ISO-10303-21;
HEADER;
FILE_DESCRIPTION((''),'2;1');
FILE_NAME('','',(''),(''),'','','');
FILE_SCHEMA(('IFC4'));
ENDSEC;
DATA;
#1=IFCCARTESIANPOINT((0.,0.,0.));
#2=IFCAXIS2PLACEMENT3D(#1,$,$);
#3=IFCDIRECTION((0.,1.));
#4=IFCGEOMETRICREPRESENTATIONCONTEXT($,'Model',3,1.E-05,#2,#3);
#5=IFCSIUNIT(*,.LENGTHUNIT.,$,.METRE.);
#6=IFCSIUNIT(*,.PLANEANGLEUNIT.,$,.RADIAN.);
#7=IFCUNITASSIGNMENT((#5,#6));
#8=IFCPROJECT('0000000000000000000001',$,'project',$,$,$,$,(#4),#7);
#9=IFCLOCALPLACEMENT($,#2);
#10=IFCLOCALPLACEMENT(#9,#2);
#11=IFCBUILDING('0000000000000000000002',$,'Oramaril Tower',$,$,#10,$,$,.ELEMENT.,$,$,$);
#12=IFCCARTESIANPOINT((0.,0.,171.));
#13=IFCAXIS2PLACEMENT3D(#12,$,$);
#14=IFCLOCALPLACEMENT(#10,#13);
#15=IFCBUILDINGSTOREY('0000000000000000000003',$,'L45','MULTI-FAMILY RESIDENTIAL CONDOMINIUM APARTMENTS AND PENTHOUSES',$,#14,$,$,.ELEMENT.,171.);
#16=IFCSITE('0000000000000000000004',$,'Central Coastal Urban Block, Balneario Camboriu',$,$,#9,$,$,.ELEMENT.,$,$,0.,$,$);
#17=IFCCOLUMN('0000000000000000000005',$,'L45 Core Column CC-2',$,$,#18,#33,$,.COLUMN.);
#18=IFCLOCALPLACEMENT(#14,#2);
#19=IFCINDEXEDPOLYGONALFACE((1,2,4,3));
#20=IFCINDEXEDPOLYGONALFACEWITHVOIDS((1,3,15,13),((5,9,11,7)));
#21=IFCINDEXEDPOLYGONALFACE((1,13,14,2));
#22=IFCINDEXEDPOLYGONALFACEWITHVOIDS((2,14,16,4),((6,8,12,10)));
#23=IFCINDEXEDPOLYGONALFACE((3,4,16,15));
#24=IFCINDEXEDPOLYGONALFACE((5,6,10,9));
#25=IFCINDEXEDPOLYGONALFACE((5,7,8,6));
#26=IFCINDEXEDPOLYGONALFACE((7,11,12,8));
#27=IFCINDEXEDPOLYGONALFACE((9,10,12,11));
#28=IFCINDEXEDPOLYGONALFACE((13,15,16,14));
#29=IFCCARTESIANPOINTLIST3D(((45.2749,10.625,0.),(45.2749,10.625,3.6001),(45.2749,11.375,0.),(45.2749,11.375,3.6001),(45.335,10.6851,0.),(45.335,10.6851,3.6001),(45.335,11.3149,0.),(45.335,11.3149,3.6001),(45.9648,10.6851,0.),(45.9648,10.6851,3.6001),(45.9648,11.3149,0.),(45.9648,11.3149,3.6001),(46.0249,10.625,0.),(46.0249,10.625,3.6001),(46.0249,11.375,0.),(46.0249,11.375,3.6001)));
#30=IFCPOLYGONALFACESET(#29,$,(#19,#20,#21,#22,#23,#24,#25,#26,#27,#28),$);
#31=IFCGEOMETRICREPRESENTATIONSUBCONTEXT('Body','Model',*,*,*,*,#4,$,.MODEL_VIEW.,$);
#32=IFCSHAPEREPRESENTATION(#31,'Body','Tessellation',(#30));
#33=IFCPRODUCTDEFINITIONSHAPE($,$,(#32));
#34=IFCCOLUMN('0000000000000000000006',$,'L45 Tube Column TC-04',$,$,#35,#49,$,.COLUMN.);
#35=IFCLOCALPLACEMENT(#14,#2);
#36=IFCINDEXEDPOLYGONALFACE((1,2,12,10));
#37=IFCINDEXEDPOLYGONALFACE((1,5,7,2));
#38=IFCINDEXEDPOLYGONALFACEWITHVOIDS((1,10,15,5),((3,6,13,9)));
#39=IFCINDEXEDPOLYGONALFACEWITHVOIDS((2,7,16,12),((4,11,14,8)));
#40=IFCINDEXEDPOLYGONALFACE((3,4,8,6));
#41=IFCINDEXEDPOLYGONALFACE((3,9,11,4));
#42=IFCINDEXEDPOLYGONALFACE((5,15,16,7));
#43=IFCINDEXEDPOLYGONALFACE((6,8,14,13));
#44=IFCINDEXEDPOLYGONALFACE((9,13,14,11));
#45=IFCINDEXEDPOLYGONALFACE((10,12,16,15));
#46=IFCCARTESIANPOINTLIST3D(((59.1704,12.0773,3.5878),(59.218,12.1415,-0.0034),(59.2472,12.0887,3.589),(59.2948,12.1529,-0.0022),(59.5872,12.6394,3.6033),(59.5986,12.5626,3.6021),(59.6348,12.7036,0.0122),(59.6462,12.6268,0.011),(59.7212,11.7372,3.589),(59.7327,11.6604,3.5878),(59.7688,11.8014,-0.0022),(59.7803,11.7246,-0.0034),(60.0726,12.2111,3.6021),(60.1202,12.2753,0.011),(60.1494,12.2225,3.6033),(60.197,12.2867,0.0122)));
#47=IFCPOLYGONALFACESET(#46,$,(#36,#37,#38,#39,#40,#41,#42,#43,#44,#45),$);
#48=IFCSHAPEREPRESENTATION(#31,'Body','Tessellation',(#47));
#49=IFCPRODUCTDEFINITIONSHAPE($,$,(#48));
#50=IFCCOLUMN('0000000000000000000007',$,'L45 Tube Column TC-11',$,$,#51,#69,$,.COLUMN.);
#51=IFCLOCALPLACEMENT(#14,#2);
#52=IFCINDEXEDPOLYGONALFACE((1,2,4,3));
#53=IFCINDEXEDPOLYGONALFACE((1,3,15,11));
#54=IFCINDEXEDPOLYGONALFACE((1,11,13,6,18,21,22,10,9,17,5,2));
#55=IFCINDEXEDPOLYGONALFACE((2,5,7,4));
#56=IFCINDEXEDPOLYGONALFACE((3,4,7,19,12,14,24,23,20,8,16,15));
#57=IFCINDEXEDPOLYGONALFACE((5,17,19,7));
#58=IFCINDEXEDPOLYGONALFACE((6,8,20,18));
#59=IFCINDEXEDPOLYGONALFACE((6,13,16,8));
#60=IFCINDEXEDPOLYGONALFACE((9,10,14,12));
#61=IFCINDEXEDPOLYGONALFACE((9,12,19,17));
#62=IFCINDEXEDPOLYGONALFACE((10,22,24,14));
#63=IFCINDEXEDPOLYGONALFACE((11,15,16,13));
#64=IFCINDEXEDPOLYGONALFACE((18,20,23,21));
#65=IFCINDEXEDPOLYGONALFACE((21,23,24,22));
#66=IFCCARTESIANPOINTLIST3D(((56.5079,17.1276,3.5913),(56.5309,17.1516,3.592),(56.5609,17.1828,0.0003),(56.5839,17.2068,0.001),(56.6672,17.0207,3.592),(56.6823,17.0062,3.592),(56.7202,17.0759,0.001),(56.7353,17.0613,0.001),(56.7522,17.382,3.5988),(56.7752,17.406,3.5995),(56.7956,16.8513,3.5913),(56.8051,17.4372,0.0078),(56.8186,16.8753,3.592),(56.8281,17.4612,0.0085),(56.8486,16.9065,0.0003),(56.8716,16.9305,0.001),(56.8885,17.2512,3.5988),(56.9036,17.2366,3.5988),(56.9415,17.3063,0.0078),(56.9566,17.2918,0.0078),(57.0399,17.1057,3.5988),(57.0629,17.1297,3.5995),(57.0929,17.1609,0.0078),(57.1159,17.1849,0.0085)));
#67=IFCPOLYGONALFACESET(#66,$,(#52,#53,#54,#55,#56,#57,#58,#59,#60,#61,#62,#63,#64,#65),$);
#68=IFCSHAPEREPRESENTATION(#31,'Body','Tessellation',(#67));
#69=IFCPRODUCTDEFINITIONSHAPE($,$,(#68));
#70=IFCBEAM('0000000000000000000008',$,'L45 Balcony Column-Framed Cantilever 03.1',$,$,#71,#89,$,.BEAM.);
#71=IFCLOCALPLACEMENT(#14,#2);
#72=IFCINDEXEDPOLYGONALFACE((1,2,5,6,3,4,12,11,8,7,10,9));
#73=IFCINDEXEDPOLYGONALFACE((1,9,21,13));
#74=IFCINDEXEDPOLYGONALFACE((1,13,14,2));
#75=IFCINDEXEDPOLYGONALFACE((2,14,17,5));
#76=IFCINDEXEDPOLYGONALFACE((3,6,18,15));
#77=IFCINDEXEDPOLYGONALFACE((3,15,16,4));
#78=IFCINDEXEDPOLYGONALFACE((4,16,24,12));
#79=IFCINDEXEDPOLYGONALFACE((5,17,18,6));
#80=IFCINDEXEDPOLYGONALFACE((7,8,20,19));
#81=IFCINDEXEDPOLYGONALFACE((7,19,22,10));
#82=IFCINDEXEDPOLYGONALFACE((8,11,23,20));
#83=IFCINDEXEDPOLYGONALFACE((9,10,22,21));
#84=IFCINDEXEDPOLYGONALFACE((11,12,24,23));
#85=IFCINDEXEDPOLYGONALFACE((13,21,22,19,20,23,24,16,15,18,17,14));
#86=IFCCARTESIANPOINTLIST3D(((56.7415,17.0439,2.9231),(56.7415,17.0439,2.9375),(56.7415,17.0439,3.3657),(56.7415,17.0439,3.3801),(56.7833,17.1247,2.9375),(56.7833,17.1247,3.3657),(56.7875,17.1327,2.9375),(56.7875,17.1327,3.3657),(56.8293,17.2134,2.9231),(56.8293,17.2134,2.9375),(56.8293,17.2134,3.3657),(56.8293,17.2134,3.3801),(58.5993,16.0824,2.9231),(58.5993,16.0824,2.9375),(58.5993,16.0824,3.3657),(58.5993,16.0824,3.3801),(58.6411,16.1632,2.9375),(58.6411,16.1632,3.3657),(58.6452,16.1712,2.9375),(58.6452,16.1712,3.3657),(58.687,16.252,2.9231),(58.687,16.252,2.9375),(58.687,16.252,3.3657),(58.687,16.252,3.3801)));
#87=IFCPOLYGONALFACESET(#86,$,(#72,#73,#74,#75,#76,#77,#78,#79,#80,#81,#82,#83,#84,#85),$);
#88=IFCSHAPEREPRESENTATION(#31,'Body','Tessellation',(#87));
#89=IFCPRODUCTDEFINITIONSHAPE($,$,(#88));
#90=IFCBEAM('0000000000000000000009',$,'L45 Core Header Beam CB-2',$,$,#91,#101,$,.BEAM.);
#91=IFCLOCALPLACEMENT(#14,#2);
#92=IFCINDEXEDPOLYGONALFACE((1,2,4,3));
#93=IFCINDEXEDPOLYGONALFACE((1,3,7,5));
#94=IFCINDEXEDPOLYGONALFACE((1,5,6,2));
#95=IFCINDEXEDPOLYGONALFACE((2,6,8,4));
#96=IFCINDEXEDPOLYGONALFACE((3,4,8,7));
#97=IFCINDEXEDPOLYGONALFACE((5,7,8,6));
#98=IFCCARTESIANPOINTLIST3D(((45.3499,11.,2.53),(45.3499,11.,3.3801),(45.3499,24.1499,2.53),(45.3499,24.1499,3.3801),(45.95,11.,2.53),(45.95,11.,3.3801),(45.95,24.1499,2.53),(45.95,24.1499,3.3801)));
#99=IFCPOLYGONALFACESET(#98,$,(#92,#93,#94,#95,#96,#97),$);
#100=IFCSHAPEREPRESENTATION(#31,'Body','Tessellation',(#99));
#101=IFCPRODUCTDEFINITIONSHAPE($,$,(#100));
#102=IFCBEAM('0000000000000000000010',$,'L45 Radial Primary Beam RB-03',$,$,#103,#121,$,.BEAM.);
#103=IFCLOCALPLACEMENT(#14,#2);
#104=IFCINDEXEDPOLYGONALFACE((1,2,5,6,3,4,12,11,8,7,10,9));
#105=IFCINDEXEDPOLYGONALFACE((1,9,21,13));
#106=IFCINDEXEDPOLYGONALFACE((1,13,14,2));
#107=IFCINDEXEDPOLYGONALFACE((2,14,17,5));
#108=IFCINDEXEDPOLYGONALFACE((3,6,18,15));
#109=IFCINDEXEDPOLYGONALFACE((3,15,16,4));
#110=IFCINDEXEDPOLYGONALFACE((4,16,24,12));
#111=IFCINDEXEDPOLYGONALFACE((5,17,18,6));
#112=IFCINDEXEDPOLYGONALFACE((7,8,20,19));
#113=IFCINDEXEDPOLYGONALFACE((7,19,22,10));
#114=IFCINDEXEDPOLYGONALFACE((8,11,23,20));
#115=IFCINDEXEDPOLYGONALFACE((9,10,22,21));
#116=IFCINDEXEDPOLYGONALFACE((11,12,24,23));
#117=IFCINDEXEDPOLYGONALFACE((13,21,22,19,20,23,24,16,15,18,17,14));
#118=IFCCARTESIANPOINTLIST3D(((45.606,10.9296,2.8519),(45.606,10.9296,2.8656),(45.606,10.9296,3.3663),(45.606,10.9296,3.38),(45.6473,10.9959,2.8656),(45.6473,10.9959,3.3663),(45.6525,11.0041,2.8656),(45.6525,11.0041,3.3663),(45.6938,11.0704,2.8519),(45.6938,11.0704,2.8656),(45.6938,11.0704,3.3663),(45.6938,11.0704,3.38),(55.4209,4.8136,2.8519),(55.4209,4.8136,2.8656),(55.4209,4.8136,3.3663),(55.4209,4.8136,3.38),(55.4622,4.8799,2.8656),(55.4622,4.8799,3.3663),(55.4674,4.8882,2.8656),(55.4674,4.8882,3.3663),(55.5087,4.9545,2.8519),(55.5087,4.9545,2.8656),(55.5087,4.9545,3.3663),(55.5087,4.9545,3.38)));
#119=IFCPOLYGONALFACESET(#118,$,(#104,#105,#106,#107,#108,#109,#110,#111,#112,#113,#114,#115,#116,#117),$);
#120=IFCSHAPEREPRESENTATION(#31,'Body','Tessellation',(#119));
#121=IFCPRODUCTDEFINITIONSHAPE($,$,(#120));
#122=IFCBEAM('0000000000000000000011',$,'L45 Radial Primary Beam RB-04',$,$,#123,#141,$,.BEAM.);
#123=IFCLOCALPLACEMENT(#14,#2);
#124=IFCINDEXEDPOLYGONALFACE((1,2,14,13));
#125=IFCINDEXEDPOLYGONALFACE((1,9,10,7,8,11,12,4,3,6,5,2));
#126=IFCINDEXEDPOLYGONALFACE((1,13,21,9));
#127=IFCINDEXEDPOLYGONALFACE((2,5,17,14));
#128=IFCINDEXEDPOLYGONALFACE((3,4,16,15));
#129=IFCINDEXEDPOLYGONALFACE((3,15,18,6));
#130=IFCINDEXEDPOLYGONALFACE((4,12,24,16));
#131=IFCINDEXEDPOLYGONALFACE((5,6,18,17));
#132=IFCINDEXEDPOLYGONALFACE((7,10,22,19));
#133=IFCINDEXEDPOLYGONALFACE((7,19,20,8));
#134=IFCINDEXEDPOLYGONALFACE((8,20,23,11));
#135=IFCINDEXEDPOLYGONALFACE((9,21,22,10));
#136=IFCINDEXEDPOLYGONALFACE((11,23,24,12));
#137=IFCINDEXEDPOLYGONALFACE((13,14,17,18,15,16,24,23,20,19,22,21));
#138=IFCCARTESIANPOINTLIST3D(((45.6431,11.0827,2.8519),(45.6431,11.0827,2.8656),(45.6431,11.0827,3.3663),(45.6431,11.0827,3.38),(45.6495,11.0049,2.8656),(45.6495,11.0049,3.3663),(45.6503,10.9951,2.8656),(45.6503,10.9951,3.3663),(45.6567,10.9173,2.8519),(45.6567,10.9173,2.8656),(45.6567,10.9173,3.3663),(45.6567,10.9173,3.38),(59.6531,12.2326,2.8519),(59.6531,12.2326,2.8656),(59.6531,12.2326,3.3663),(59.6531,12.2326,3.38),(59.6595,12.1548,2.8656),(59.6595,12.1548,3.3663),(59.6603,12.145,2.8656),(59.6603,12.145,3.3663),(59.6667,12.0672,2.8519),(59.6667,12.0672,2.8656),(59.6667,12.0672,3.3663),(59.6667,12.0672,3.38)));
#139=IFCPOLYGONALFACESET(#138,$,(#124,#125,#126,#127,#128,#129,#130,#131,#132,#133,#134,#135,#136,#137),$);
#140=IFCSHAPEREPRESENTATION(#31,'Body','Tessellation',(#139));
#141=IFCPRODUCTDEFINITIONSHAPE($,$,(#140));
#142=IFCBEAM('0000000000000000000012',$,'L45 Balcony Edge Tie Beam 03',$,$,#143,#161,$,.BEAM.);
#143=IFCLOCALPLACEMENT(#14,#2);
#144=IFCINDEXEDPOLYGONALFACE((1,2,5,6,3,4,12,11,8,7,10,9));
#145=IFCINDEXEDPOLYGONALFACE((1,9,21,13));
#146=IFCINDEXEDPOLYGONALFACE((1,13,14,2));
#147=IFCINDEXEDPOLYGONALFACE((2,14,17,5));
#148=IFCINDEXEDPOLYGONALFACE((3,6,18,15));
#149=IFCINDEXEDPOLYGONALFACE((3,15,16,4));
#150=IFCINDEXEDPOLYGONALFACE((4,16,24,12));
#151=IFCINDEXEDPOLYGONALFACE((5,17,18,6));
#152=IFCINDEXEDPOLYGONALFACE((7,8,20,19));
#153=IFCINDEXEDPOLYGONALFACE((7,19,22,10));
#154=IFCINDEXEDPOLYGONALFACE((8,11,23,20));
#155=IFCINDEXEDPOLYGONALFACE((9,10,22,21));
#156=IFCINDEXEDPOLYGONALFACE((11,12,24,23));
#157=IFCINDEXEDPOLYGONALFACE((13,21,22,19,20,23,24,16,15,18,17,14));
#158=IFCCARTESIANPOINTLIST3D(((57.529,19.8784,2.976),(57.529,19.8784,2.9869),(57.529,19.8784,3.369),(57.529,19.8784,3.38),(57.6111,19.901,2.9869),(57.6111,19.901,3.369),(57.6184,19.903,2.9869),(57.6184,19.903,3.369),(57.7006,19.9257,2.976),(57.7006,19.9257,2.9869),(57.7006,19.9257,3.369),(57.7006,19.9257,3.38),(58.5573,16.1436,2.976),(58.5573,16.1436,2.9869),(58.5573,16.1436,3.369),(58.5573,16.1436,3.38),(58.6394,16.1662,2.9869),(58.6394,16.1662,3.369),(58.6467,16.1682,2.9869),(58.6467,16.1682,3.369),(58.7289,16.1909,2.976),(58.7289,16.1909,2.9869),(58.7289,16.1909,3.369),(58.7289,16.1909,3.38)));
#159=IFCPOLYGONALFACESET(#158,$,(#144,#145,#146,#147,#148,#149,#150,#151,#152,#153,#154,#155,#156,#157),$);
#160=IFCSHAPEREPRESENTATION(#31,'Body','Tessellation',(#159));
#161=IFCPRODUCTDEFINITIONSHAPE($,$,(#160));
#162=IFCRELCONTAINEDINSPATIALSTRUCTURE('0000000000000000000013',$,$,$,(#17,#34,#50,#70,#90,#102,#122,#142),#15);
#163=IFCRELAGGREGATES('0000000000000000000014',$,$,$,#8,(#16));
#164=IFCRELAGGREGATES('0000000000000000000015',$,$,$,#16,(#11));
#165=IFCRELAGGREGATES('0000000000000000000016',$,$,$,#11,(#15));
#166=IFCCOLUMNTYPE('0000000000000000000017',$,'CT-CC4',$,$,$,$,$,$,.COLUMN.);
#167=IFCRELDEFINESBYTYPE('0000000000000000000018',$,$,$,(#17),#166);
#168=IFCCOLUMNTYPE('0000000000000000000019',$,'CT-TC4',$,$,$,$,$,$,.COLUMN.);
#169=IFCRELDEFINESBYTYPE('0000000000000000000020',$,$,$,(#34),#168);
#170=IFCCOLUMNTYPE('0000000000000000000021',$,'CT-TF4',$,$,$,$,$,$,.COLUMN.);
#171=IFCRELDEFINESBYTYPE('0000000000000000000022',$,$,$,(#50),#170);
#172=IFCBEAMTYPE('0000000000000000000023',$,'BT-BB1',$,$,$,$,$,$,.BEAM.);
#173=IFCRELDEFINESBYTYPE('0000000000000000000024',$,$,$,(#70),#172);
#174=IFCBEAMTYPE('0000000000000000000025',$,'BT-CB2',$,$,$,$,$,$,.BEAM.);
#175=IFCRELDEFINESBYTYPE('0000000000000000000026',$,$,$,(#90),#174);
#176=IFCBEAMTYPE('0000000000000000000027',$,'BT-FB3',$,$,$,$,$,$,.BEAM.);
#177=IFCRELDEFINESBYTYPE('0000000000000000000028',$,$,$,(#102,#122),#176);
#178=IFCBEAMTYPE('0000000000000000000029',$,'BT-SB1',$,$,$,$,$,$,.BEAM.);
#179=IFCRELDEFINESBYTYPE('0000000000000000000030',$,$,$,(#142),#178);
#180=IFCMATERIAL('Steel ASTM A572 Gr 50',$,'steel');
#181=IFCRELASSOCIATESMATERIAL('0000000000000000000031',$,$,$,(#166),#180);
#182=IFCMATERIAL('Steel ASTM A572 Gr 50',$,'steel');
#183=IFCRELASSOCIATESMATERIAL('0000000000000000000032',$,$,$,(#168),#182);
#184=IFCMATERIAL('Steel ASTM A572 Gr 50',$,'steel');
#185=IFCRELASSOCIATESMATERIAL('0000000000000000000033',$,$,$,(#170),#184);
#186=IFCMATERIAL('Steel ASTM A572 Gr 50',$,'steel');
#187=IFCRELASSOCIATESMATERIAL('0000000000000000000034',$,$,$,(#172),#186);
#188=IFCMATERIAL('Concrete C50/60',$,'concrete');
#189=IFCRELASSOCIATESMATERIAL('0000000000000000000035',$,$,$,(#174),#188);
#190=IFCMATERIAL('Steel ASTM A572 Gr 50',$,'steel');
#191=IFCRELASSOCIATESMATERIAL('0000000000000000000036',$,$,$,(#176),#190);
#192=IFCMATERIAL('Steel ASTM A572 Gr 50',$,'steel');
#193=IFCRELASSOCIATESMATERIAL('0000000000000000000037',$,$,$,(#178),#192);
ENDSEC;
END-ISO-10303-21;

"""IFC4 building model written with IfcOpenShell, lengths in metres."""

from ifc_helpers import new_model, si_unit, direction, frame, origin, origin_2d, place, context, subcontext, project, spatial, rectangle, hollow_rectangle, i_section, extrude, material, material_profile, profile_set, type_object, element, save


model = new_model("IFC4")

# Units and contexts
model_context = context("Model", 3, precision=1e-05, world=origin(), true_north=direction((0.0, 1.0)))
body_context = subcontext(model_context, "Body", "Model", "MODEL_VIEW")
ifc_project = project(units=[si_unit("LENGTHUNIT", "METRE"), si_unit("PLANEANGLEUNIT", "RADIAN")], contexts=[model_context])

# Site, building, storey
site_placement = place(None, origin())
site = spatial("IfcSite", under=ifc_project, at=site_placement, Name="Central Coastal Urban Block, Balneario Camboriu", CompositionType="ELEMENT", RefElevation=0.0)
building_placement = place(site_placement, origin())
building = spatial("IfcBuilding", under=site, at=building_placement, Name="Oramaril Tower", CompositionType="ELEMENT")
storey_placement = place(building_placement, frame((0.0, 0.0, 171.0)))
storey = spatial("IfcBuildingStorey", under=building, at=storey_placement, Name="L45", Description="MULTI-FAMILY RESIDENTIAL CONDOMINIUM APARTMENTS AND PENTHOUSES", CompositionType="ELEMENT", Elevation=171.0)

# Columns
ifc_material_1 = material(Name="Steel ASTM A572 Gr 50", Category="steel")
ifc_material_profile_1 = material_profile(ifc_material_1, hollow_rectangle(XDim=0.75, YDim=0.75, WallThickness=0.0601, at=origin_2d()), Name="BOX750X750X60")
ifc_profile_set_1 = profile_set([ifc_material_profile_1], Name="Steel ASTM A572 Gr 50")
column_type_1 = type_object("IfcColumnType", Name="CT-CC4", PredefinedType="COLUMN", material=ifc_profile_set_1)
column_1_placement = place(storey_placement, frame((45.6499, 11.0, 0.0), z_axis=(0.0, 0.0, 1.0), x_axis=(1.0, 0.0, 0.0)))
element("IfcColumn", 1, at=column_1_placement, inside=storey, type_object=column_type_1, Name="L45 Core Column CC-2", PredefinedType="COLUMN", context=body_context, shape_type="SweptSolid", body=[
    extrude(hollow_rectangle(XDim=0.75, YDim=0.75, WallThickness=0.0601, at=origin_2d()), origin(), (0.0, 0.0, 1.0), 3.6001),
])
ifc_material_2 = material(Name="Steel ASTM A572 Gr 50", Category="steel")
ifc_material_profile_2 = material_profile(ifc_material_2, hollow_rectangle(XDim=0.7, YDim=0.7, WallThickness=0.0549, at=origin_2d()), Name="BOX700X700X55")
ifc_profile_set_2 = profile_set([ifc_material_profile_2], Name="Steel ASTM A572 Gr 50")
column_type_2 = type_object("IfcColumnType", Name="CT-TC4", PredefinedType="COLUMN", material=ifc_profile_set_2)
column_2_placement = place(storey_placement, frame((59.7075, 12.2141, 0.0044), z_axis=(-0.013254, -0.017876, 0.999752), x_axis=(0.803287, -0.595593, 0.0)))
element("IfcColumn", 2, at=column_2_placement, inside=storey, type_object=column_type_2, Name="L45 Tube Column TC-04", PredefinedType="COLUMN", context=body_context, shape_type="SweptSolid", body=[
    extrude(hollow_rectangle(XDim=0.7, YDim=0.7, WallThickness=0.0549, at=origin_2d()), origin(), (0.0, 0.0, 1.0), 3.592),
])
ifc_material_3 = material(Name="Steel ASTM A572 Gr 50", Category="steel")
ifc_material_profile_3 = material_profile(ifc_material_3, i_section(OverallWidth=0.3989, OverallDepth=0.386, WebThickness=0.021, FlangeThickness=0.0332, at=origin_2d()), Name="W14X176")
ifc_profile_set_3 = profile_set([ifc_material_profile_3], Name="Steel ASTM A572 Gr 50")
column_type_3 = type_object("IfcColumnType", Name="CT-TF4", PredefinedType="COLUMN", material=ifc_profile_set_3)
column_3_placement = place(storey_placement, frame((56.8384, 17.1838, 0.0044), z_axis=(-0.01475, -0.015361, 0.999773), x_axis=(0.721324, -0.692598, 0.0)))
element("IfcColumn", 3, at=column_3_placement, inside=storey, type_object=column_type_3, Name="L45 Tube Column TC-11", PredefinedType="COLUMN", context=body_context, shape_type="SweptSolid", body=[
    extrude(i_section(OverallWidth=0.3989, OverallDepth=0.386, WebThickness=0.021, FlangeThickness=0.0332, at=origin_2d()), origin(), (0.0, 0.0, 1.0), 3.5918),
])

# Beams
ifc_material_4 = material(Name="Steel ASTM A572 Gr 50", Category="steel")
ifc_material_profile_4 = material_profile(ifc_material_4, i_section(OverallWidth=0.1909, OverallDepth=0.457, WebThickness=0.009, FlangeThickness=0.0144, at=origin_2d()), Name="W18X50")
ifc_profile_set_4 = profile_set([ifc_material_profile_4], Name="Steel ASTM A572 Gr 50")
beam_type_1 = type_object("IfcBeamType", Name="BT-BB1", PredefinedType="BEAM", material=ifc_profile_set_4)
beam_1_placement = place(storey_placement, frame((56.7854, 17.1287, 3.1516), z_axis=(0.888108, -0.459636, 0.0), x_axis=(0.459636, 0.888108, 0.0)))
element("IfcBeam", 4, at=beam_1_placement, inside=storey, type_object=beam_type_1, Name="L45 Balcony Column-Framed Cantilever 03.1", PredefinedType="BEAM", context=body_context, shape_type="SweptSolid", body=[
    extrude(i_section(OverallWidth=0.1909, OverallDepth=0.457, WebThickness=0.009, FlangeThickness=0.0144, at=origin_2d()), origin(), (0.0, 0.0, 1.0), 2.0918),
])
ifc_material_5 = material(Name="Concrete C50/60", Category="concrete")
ifc_material_profile_5 = material_profile(ifc_material_5, rectangle(XDim=0.6001, YDim=0.8501, at=origin_2d()), Name="CB600X850")
ifc_profile_set_5 = profile_set([ifc_material_profile_5], Name="Concrete C50/60")
beam_type_2 = type_object("IfcBeamType", Name="BT-CB2", PredefinedType="BEAM", material=ifc_profile_set_5)
beam_2_placement = place(storey_placement, frame((45.6499, 11.0, 2.9551), z_axis=(0.0, 1.0, 0.0), x_axis=(-1.0, 0.0, 0.0)))
element("IfcBeam", 5, at=beam_2_placement, inside=storey, type_object=beam_type_2, Name="L45 Core Header Beam CB-2", PredefinedType="BEAM", context=body_context, shape_type="SweptSolid", body=[
    extrude(rectangle(XDim=0.6001, YDim=0.8501, at=origin_2d()), origin(), (0.0, 0.0, 1.0), 13.1499),
])
ifc_material_6 = material(Name="Steel ASTM A572 Gr 50", Category="steel")
ifc_material_profile_6 = material_profile(ifc_material_6, i_section(OverallWidth=0.166, OverallDepth=0.5281, WebThickness=0.0098, FlangeThickness=0.0137, at=origin_2d()), Name="W21X50")
ifc_profile_set_6 = profile_set([ifc_material_profile_6], Name="Steel ASTM A572 Gr 50")
beam_type_3 = type_object("IfcBeamType", Name="BT-FB3", PredefinedType="BEAM", material=ifc_profile_set_6)
beam_3_placement = place(storey_placement, frame((45.6499, 11.0, 3.116), z_axis=(0.848712, -0.528856, 0.0), x_axis=(0.528856, 0.848712, 0.0)))
element("IfcBeam", 6, at=beam_3_placement, inside=storey, type_object=beam_type_3, Name="L45 Radial Primary Beam RB-03", PredefinedType="BEAM", context=body_context, shape_type="SweptSolid", body=[
    extrude(i_section(OverallWidth=0.166, OverallDepth=0.5281, WebThickness=0.0098, FlangeThickness=0.0137, at=origin_2d()), origin(), (0.0, 0.0, 1.0), 11.5645),
])
beam_4_placement = place(storey_placement, frame((45.6499, 11.0, 3.116), z_axis=(0.996649, 0.081802, 0.0), x_axis=(-0.081802, 0.996649, 0.0)))
element("IfcBeam", 7, at=beam_4_placement, inside=storey, type_object=beam_type_3, Name="L45 Radial Primary Beam RB-04", PredefinedType="BEAM", context=body_context, shape_type="SweptSolid", body=[
    extrude(i_section(OverallWidth=0.166, OverallDepth=0.5281, WebThickness=0.0098, FlangeThickness=0.0137, at=origin_2d()), origin(), (0.0, 0.0, 1.0), 14.0571),
])
ifc_material_7 = material(Name="Steel ASTM A572 Gr 50", Category="steel")
ifc_material_profile_7 = material_profile(ifc_material_7, i_section(OverallWidth=0.178, OverallDepth=0.4041, WebThickness=0.0076, FlangeThickness=0.011, at=origin_2d()), Name="W16X36")
ifc_profile_set_7 = profile_set([ifc_material_profile_7], Name="Steel ASTM A572 Gr 50")
beam_type_4 = type_object("IfcBeamType", Name="BT-SB1", PredefinedType="BEAM", material=ifc_profile_set_7)
beam_5_placement = place(storey_placement, frame((58.6431, 16.1672, 3.178), z_axis=(-0.265452, 0.964124, 0.0), x_axis=(-0.964124, -0.265452, 0.0)))
element("IfcBeam", 8, at=beam_5_placement, inside=storey, type_object=beam_type_4, Name="L45 Balcony Edge Tie Beam 03", PredefinedType="BEAM", context=body_context, shape_type="SweptSolid", body=[
    extrude(i_section(OverallWidth=0.178, OverallDepth=0.4041, WebThickness=0.0076, FlangeThickness=0.011, at=origin_2d()), origin(), (0.0, 0.0, 1.0), 3.8738),
])

save(model, "model.ifc")
